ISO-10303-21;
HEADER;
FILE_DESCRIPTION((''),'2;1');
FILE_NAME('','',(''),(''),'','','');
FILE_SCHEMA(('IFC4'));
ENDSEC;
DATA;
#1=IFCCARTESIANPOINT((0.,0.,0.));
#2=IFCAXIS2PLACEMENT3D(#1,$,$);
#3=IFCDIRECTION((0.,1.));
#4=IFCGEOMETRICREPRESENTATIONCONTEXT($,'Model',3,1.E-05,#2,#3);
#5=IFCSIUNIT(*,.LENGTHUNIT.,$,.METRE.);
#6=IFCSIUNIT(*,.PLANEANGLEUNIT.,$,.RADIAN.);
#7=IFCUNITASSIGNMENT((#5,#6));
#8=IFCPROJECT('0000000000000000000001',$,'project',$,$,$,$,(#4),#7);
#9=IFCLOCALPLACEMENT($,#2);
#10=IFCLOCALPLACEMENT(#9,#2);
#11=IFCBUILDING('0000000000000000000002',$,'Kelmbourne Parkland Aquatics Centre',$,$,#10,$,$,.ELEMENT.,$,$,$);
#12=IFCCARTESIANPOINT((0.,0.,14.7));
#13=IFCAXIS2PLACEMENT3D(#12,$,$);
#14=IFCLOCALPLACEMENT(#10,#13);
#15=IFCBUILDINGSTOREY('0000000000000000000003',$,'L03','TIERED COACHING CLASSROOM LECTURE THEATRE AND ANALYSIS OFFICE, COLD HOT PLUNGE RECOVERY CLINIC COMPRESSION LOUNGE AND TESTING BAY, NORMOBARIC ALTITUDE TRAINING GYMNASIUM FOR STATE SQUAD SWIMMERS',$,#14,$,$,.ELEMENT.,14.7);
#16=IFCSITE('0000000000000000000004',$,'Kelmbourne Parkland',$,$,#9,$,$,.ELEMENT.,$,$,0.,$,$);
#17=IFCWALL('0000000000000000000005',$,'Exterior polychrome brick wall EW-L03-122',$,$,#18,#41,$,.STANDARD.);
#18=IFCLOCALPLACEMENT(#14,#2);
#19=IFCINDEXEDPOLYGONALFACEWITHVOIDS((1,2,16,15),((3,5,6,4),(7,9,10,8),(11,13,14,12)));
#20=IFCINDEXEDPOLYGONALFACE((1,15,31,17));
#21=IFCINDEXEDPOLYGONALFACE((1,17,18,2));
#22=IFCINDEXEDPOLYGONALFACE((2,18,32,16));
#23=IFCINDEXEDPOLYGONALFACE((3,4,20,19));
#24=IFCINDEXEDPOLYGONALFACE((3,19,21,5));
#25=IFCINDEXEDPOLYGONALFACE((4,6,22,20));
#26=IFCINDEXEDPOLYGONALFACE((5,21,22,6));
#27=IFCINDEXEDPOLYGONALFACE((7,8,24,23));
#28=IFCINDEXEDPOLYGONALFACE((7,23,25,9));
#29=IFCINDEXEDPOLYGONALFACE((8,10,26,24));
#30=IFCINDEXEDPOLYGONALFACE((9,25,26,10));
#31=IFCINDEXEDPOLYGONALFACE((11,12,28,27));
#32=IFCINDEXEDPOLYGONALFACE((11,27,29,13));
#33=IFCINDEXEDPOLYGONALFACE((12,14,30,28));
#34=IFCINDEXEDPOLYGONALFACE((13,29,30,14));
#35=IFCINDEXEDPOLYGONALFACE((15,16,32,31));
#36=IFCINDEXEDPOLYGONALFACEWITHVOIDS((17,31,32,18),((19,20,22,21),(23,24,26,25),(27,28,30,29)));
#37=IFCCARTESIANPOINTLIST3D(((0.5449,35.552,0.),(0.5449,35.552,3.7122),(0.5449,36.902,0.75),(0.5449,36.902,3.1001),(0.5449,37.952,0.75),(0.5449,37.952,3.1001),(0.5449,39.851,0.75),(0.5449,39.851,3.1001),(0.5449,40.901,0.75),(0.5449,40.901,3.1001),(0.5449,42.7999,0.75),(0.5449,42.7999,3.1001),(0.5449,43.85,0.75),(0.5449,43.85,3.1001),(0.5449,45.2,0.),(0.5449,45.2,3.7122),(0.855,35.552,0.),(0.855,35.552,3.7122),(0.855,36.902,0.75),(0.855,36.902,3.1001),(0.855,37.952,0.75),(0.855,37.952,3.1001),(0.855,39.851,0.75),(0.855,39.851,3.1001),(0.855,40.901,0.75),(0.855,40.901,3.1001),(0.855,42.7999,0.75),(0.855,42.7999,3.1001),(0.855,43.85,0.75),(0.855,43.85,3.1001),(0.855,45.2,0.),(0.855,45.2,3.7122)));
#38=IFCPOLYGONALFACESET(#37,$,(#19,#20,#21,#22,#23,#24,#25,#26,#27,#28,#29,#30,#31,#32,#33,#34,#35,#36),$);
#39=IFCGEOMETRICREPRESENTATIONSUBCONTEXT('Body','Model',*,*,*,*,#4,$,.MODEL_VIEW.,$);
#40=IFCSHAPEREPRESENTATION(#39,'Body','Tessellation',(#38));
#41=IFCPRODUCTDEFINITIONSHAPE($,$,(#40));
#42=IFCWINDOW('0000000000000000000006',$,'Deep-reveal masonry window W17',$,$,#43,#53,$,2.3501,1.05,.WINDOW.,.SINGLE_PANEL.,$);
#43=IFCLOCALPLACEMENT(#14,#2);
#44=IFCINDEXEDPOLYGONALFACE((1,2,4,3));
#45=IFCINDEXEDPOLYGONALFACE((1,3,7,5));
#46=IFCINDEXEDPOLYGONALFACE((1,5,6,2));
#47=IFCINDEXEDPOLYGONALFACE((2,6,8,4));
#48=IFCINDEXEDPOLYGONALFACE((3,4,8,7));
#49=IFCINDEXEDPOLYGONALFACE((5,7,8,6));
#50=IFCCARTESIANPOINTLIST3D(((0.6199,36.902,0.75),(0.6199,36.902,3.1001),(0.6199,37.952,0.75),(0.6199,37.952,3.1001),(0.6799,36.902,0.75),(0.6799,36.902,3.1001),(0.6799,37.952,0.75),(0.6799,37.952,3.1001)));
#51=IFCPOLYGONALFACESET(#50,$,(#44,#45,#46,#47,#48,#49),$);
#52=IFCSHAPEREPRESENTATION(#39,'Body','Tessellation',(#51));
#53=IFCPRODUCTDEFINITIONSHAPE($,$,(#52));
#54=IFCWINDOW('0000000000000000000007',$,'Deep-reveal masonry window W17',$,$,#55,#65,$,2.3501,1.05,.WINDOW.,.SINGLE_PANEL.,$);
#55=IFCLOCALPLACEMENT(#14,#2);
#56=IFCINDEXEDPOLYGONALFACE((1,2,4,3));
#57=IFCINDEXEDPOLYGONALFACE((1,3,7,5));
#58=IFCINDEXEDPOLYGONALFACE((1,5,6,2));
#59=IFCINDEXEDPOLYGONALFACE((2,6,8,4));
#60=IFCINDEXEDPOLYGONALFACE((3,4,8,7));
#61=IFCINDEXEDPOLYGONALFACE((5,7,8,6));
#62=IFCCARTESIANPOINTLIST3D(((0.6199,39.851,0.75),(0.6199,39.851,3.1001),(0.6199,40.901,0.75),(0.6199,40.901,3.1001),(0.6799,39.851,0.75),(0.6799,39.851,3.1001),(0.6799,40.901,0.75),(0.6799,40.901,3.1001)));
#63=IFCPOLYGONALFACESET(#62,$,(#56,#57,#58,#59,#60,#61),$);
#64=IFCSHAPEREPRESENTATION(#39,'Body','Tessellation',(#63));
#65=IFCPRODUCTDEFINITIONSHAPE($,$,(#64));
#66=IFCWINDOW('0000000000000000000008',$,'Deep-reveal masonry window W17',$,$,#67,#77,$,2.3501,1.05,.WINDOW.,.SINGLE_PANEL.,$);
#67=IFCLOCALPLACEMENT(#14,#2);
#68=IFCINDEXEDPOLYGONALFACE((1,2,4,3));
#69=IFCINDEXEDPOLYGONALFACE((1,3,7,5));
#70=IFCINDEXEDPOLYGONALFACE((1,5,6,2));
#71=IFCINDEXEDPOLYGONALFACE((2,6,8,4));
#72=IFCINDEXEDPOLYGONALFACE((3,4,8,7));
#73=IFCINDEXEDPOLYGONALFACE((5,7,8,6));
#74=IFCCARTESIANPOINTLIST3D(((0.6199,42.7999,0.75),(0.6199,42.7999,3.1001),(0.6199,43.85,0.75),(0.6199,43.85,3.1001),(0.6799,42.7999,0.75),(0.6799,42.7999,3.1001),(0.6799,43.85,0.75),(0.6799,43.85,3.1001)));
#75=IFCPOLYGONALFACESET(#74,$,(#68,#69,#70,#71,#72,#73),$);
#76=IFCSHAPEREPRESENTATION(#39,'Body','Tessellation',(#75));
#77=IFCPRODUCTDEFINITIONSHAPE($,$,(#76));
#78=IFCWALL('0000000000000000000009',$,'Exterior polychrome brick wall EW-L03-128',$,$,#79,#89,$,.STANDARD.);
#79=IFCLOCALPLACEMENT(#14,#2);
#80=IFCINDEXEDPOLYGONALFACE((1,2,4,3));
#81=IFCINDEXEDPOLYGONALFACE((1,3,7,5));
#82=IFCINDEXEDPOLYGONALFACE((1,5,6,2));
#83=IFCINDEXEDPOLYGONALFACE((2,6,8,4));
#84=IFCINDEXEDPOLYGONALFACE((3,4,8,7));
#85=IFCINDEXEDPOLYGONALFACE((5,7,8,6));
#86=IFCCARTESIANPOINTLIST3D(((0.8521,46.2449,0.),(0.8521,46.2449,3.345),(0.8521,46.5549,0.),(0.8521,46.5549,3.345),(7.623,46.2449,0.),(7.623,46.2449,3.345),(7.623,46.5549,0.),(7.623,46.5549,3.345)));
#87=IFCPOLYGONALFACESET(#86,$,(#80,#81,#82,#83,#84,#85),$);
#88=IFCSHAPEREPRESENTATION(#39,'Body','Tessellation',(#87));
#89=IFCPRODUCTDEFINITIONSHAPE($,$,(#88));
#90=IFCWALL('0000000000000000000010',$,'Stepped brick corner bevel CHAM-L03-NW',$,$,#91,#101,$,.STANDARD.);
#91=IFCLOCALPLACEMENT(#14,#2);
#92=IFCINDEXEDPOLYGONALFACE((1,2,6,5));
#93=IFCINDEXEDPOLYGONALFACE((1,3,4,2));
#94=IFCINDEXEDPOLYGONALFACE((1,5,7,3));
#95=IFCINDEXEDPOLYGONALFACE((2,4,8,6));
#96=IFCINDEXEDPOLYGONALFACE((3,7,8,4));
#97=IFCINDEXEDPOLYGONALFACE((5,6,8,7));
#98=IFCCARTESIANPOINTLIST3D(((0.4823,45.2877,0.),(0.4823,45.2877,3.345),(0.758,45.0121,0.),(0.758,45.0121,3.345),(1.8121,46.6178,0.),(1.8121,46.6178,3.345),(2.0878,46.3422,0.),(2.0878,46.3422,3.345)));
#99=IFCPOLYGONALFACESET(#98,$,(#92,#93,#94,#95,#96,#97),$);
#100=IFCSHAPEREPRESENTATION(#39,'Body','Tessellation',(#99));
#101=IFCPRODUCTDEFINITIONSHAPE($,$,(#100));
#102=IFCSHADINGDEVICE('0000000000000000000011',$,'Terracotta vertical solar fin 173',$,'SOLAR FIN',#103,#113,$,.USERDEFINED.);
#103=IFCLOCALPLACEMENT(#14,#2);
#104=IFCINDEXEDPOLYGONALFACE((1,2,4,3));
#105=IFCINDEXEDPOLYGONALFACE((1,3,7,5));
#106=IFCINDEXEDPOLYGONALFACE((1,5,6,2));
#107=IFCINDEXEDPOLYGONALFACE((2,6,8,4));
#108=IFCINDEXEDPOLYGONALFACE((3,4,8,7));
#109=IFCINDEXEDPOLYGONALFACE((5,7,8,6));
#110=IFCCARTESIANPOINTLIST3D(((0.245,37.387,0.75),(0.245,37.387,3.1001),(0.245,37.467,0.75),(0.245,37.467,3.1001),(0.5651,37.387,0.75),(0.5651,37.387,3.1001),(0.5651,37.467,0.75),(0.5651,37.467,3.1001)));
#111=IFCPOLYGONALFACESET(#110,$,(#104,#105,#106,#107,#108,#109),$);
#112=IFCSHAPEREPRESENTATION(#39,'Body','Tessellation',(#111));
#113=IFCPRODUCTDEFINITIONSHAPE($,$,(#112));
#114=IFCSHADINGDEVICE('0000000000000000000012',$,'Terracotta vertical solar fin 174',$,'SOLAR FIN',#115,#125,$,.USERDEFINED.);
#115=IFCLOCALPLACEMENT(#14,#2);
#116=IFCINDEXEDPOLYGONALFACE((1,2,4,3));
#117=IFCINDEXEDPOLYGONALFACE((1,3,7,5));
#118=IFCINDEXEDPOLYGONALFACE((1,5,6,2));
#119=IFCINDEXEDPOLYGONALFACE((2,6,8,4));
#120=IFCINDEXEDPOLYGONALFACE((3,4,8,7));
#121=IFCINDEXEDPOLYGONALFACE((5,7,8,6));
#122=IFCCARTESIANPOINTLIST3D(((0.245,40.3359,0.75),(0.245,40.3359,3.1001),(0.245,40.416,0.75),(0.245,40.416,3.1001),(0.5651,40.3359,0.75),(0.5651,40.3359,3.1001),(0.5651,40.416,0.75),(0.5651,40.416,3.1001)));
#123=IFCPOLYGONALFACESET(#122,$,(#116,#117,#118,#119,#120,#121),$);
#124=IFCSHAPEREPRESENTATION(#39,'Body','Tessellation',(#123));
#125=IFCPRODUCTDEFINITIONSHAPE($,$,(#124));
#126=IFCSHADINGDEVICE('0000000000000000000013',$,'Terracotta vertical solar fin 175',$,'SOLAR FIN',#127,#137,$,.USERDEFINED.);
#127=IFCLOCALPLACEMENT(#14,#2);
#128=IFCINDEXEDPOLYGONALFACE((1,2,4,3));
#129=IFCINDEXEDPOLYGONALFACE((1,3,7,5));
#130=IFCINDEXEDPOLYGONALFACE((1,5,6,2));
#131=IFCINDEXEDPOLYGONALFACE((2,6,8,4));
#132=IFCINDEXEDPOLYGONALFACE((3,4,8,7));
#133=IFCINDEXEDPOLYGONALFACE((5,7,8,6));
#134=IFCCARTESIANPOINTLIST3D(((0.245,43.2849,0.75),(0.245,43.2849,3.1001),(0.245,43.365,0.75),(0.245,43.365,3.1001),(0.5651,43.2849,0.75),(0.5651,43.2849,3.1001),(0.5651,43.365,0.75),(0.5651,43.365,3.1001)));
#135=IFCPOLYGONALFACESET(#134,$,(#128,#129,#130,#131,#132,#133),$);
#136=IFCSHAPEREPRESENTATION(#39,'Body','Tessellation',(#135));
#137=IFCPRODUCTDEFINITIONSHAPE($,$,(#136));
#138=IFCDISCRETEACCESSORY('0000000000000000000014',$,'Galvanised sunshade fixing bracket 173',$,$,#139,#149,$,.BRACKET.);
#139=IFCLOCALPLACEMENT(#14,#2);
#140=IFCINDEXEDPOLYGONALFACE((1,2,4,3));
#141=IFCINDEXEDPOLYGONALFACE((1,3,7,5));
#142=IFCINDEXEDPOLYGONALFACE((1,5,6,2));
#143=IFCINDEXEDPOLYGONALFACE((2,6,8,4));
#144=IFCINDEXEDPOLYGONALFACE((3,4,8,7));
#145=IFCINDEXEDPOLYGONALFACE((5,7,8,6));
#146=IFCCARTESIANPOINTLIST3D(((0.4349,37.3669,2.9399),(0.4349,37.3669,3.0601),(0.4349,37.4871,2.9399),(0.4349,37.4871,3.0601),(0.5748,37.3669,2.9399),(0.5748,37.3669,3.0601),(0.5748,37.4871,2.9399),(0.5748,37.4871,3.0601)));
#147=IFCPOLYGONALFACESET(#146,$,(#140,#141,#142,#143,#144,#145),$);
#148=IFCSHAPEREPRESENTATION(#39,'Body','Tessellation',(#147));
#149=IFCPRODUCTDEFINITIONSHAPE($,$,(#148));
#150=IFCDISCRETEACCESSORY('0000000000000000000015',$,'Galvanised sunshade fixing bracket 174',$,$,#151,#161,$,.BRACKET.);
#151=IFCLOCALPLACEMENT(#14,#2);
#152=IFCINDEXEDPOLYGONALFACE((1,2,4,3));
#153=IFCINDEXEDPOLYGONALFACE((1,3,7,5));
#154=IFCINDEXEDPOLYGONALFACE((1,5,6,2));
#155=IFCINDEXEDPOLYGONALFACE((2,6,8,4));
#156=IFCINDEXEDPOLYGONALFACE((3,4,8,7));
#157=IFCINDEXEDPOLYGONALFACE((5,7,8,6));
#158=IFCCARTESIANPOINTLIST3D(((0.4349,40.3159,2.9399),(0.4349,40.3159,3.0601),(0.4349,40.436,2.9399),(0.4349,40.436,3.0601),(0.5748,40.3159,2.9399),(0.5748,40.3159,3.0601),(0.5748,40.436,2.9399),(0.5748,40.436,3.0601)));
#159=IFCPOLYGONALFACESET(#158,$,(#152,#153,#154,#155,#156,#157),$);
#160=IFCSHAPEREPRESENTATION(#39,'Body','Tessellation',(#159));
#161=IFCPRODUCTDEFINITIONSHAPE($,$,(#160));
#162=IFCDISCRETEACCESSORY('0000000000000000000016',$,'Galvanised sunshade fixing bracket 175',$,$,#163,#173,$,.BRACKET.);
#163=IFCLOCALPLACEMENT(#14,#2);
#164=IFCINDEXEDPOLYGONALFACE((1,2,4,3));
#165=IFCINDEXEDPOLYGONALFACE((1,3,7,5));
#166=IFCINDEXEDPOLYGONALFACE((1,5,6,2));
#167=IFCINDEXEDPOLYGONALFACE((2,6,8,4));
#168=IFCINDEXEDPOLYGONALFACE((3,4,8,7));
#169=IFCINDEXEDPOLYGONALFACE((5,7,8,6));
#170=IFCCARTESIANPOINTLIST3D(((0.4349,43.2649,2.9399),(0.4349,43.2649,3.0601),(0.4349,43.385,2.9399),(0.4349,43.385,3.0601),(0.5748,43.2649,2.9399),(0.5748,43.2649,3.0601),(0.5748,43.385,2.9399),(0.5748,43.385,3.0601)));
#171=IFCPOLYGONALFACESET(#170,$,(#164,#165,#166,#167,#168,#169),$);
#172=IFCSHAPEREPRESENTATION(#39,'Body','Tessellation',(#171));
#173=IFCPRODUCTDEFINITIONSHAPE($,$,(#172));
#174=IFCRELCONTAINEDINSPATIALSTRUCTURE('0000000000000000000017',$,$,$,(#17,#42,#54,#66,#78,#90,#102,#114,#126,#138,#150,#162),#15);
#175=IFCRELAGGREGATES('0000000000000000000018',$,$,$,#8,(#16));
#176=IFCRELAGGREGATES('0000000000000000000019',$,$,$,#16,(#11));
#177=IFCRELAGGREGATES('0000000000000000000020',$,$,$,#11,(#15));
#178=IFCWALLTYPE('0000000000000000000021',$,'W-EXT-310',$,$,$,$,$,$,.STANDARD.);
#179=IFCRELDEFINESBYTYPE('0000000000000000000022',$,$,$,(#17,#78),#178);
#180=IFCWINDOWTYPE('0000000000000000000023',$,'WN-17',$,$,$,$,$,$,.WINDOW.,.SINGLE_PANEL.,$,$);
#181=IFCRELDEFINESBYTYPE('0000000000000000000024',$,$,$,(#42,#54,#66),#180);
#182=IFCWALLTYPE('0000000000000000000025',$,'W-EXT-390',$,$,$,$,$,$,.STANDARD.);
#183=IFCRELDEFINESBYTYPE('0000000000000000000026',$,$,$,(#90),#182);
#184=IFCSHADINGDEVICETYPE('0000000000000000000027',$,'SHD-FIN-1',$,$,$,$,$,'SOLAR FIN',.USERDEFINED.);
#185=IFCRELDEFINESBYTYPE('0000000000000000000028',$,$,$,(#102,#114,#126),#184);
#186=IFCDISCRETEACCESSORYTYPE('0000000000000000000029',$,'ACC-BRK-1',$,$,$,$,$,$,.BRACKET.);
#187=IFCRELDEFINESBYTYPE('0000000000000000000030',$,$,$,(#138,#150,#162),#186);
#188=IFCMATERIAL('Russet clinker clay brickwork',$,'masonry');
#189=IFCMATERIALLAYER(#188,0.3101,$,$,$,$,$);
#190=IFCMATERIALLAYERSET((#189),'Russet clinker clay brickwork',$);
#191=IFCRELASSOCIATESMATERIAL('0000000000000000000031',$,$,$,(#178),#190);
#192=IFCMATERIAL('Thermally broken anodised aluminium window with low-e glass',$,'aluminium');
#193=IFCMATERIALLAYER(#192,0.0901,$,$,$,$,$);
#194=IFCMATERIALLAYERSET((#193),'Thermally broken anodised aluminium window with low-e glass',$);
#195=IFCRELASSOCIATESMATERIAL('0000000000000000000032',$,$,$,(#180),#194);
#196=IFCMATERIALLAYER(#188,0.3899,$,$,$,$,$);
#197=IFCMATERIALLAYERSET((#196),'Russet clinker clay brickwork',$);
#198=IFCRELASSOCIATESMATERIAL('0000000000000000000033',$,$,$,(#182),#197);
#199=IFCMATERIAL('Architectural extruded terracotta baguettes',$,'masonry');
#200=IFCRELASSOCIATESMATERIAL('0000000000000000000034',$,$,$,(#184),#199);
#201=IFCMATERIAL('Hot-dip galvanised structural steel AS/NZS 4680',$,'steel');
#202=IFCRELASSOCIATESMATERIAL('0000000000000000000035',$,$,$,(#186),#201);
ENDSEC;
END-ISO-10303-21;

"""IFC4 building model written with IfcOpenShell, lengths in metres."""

from ifc_helpers import new_model, si_unit, direction, frame, frame_2d, origin, origin_2d, place, context, subcontext, project, spatial, rectangle, extrude, material, layer, layer_set, type_object, element, fill, save


model = new_model("IFC4")

# Units and contexts
model_context = context("Model", 3, precision=1e-05, world=origin(), true_north=direction((0.0, 1.0)))
body_context = subcontext(model_context, "Body", "Model", "MODEL_VIEW")
ifc_project = project(units=[si_unit("LENGTHUNIT", "METRE"), si_unit("PLANEANGLEUNIT", "RADIAN")], contexts=[model_context])

# Site, building, storey
site_placement = place(None, origin())
site = spatial("IfcSite", under=ifc_project, at=site_placement, Name="Kelmbourne Parkland", CompositionType="ELEMENT", RefElevation=0.0)
building_placement = place(site_placement, origin())
building = spatial("IfcBuilding", under=site, at=building_placement, Name="Kelmbourne Parkland Aquatics Centre", CompositionType="ELEMENT")
storey_placement = place(building_placement, frame((0.0, 0.0, 14.7)))
storey = spatial("IfcBuildingStorey", under=building, at=storey_placement, Name="L03", Description="TIERED COACHING CLASSROOM LECTURE THEATRE AND ANALYSIS OFFICE, COLD HOT PLUNGE RECOVERY CLINIC COMPRESSION LOUNGE AND TESTING BAY, NORMOBARIC ALTITUDE TRAINING GYMNASIUM FOR STATE SQUAD SWIMMERS", CompositionType="ELEMENT", Elevation=14.7)

# Wall, openings, windows
ifc_material_1 = material(Name="Russet clinker clay brickwork", Category="masonry")
ifc_layer_1 = layer(ifc_material_1, 0.3101)
ifc_layer_set_1 = layer_set([ifc_layer_1], Name="Russet clinker clay brickwork")
wall_type_1 = type_object("IfcWallType", Name="W-EXT-310", PredefinedType="STANDARD", material=ifc_layer_set_1)
wall_1_placement = place(storey_placement, frame((0.7, 35.552, 0.0), z_axis=(0.0, 0.0, 1.0), x_axis=(0.0, 1.0, 0.0)))
wall_1 = element("IfcWall", 1, at=wall_1_placement, inside=storey, type_object=wall_type_1, Name="Exterior polychrome brick wall EW-L03-122", PredefinedType="STANDARD", context=body_context, shape_type="SweptSolid", body=[
    extrude(rectangle(XDim=9.6479, YDim=0.3101, at=frame_2d((4.824, 0.0))), origin(), (0.0, 0.0, 1.0), 3.7122),
])
opening_1_placement = place(wall_1_placement, frame((1.3501, 0.0, 0.75)))
opening_1 = element("IfcOpeningElement", 2, at=opening_1_placement, cuts=wall_1, PredefinedType="OPENING", context=body_context, shape_type="SweptSolid", body=[
    extrude(rectangle(XDim=1.05, YDim=2.3501, at=frame_2d((0.5249, 1.175))), frame((0.0, 0.167, 0.0), z_axis=(0.0, -1.0, 0.0), x_axis=(1.0, 0.0, 0.0)), (0.0, 0.0, 1.0), 0.334),
])
opening_2_placement = place(wall_1_placement, frame((4.2991, 0.0, 0.75)))
opening_2 = element("IfcOpeningElement", 3, at=opening_2_placement, cuts=wall_1, PredefinedType="OPENING", context=body_context, shape_type="SweptSolid", body=[
    extrude(rectangle(XDim=1.05, YDim=2.3501, at=frame_2d((0.5249, 1.175))), frame((0.0, 0.167, 0.0), z_axis=(0.0, -1.0, 0.0), x_axis=(1.0, 0.0, 0.0)), (0.0, 0.0, 1.0), 0.334),
])
opening_3_placement = place(wall_1_placement, frame((7.248, 0.0, 0.75)))
opening_3 = element("IfcOpeningElement", 4, at=opening_3_placement, cuts=wall_1, PredefinedType="OPENING", context=body_context, shape_type="SweptSolid", body=[
    extrude(rectangle(XDim=1.05, YDim=2.3501, at=frame_2d((0.5249, 1.175))), frame((0.0, 0.167, 0.0), z_axis=(0.0, -1.0, 0.0), x_axis=(1.0, 0.0, 0.0)), (0.0, 0.0, 1.0), 0.334),
])
ifc_material_2 = material(Name="Thermally broken anodised aluminium window with low-e glass", Category="aluminium")
ifc_layer_2 = layer(ifc_material_2, 0.0901)
ifc_layer_set_2 = layer_set([ifc_layer_2], Name="Thermally broken anodised aluminium window with low-e glass")
window_type = type_object("IfcWindowType", Name="WN-17", PartitioningType="SINGLE_PANEL", PredefinedType="WINDOW", material=ifc_layer_set_2)
window_1_placement = place(opening_1_placement, origin())
window_1 = element("IfcWindow", 5, at=window_1_placement, inside=storey, type_object=window_type, Name="Deep-reveal masonry window W17", OverallHeight=2.3501, OverallWidth=1.05, PartitioningType="SINGLE_PANEL", PredefinedType="WINDOW", context=body_context, shape_type="SweptSolid", body=[
    extrude(rectangle(XDim=1.05, YDim=2.3501, at=frame_2d((0.5249, 1.175))), frame((0.0, 0.0801, 0.0), z_axis=(0.0, -1.0, 0.0), x_axis=(1.0, 0.0, 0.0)), (0.0, 0.0, 1.0), 0.0601),
])
fill(opening_1, window_1)
window_2_placement = place(opening_2_placement, origin())
window_2 = element("IfcWindow", 6, at=window_2_placement, inside=storey, type_object=window_type, Name="Deep-reveal masonry window W17", OverallHeight=2.3501, OverallWidth=1.05, PartitioningType="SINGLE_PANEL", PredefinedType="WINDOW", context=body_context, shape_type="SweptSolid", body=[
    extrude(rectangle(XDim=1.05, YDim=2.3501, at=frame_2d((0.5249, 1.175))), frame((0.0, 0.0801, 0.0), z_axis=(0.0, -1.0, 0.0), x_axis=(1.0, 0.0, 0.0)), (0.0, 0.0, 1.0), 0.0601),
])
fill(opening_2, window_2)
window_3_placement = place(opening_3_placement, origin())
window_3 = element("IfcWindow", 7, at=window_3_placement, inside=storey, type_object=window_type, Name="Deep-reveal masonry window W17", OverallHeight=2.3501, OverallWidth=1.05, PartitioningType="SINGLE_PANEL", PredefinedType="WINDOW", context=body_context, shape_type="SweptSolid", body=[
    extrude(rectangle(XDim=1.05, YDim=2.3501, at=frame_2d((0.5249, 1.175))), frame((0.0, 0.0801, 0.0), z_axis=(0.0, -1.0, 0.0), x_axis=(1.0, 0.0, 0.0)), (0.0, 0.0, 1.0), 0.0601),
])
fill(opening_3, window_3)

# Walls
wall_2_placement = place(storey_placement, frame((0.8521, 46.3999, 0.0), z_axis=(0.0, 0.0, 1.0), x_axis=(1.0, 0.0, 0.0)))
element("IfcWall", 8, at=wall_2_placement, inside=storey, type_object=wall_type_1, Name="Exterior polychrome brick wall EW-L03-128", PredefinedType="STANDARD", context=body_context, shape_type="SweptSolid", body=[
    extrude(rectangle(XDim=6.771, YDim=0.3101, at=frame_2d((3.3855, 0.0))), origin(), (0.0, 0.0, 1.0), 3.345),
])
ifc_layer_3 = layer(ifc_material_1, 0.3899)
ifc_layer_set_3 = layer_set([ifc_layer_3], Name="Russet clinker clay brickwork")
wall_type_2 = type_object("IfcWallType", Name="W-EXT-390", PredefinedType="STANDARD", material=ifc_layer_set_3)
wall_3_placement = place(storey_placement, frame((0.6201, 45.1499, 0.0), z_axis=(0.0, 0.0, 1.0), x_axis=(0.707042, 0.707172, 0.0)))
element("IfcWall", 9, at=wall_3_placement, inside=storey, type_object=wall_type_2, Name="Stepped brick corner bevel CHAM-L03-NW", PredefinedType="STANDARD", context=body_context, shape_type="SweptSolid", body=[
    extrude(rectangle(XDim=1.8809, YDim=0.3899, at=frame_2d((0.9404, 0.0))), origin(), (0.0, 0.0, 1.0), 3.345),
])

# Shading devices
ifc_material_3 = material(Name="Architectural extruded terracotta baguettes", Category="masonry")
shading_device_type = type_object("IfcShadingDeviceType", Name="SHD-FIN-1", ElementType="SOLAR FIN", PredefinedType="USERDEFINED", material=ifc_material_3)
for number, where, z_axis, x_axis, name in (
    (10, (0.405, 37.427, 0.75), (0.0, 0.0, 1.0), (0.0, 1.0, 0.0), "Terracotta vertical solar fin 173"),
    (11, (0.405, 40.376, 0.75), (0.0, 0.0, 1.0), (0.0, 1.0, 0.0), "Terracotta vertical solar fin 174"),
    (12, (0.405, 43.325, 0.75), (0.0, 0.0, 1.0), (0.0, 1.0, 0.0), "Terracotta vertical solar fin 175"),
):
    element("IfcShadingDevice", number, at=place(storey_placement, frame(where, z_axis=z_axis, x_axis=x_axis)), inside=storey, type_object=shading_device_type, Name=name, ObjectType="SOLAR FIN", PredefinedType="USERDEFINED", context=body_context, shape_type="SweptSolid", body=[
        extrude(rectangle(XDim=0.0801, YDim=0.3201, at=origin_2d()), origin(), (0.0, 0.0, 1.0), 2.3501),
    ])

# Discrete accessories
ifc_material_4 = material(Name="Hot-dip galvanised structural steel AS/NZS 4680", Category="steel")
discrete_accessory_type = type_object("IfcDiscreteAccessoryType", Name="ACC-BRK-1", PredefinedType="BRACKET", material=ifc_material_4)
for number, where, z_axis, x_axis, name in (
    (13, (0.5049, 37.427, 2.9399), (0.0, 0.0, 1.0), (0.0, 1.0, 0.0), "Galvanised sunshade fixing bracket 173"),
    (14, (0.5049, 40.376, 2.9399), (0.0, 0.0, 1.0), (0.0, 1.0, 0.0), "Galvanised sunshade fixing bracket 174"),
    (15, (0.5049, 43.325, 2.9399), (0.0, 0.0, 1.0), (0.0, 1.0, 0.0), "Galvanised sunshade fixing bracket 175"),
):
    element("IfcDiscreteAccessory", number, at=place(storey_placement, frame(where, z_axis=z_axis, x_axis=x_axis)), inside=storey, type_object=discrete_accessory_type, Name=name, PredefinedType="BRACKET", context=body_context, shape_type="SweptSolid", body=[
        extrude(rectangle(XDim=0.1201, YDim=0.1399, at=origin_2d()), origin(), (0.0, 0.0, 1.0), 0.1201),
    ])

save(model, "model.ifc")
